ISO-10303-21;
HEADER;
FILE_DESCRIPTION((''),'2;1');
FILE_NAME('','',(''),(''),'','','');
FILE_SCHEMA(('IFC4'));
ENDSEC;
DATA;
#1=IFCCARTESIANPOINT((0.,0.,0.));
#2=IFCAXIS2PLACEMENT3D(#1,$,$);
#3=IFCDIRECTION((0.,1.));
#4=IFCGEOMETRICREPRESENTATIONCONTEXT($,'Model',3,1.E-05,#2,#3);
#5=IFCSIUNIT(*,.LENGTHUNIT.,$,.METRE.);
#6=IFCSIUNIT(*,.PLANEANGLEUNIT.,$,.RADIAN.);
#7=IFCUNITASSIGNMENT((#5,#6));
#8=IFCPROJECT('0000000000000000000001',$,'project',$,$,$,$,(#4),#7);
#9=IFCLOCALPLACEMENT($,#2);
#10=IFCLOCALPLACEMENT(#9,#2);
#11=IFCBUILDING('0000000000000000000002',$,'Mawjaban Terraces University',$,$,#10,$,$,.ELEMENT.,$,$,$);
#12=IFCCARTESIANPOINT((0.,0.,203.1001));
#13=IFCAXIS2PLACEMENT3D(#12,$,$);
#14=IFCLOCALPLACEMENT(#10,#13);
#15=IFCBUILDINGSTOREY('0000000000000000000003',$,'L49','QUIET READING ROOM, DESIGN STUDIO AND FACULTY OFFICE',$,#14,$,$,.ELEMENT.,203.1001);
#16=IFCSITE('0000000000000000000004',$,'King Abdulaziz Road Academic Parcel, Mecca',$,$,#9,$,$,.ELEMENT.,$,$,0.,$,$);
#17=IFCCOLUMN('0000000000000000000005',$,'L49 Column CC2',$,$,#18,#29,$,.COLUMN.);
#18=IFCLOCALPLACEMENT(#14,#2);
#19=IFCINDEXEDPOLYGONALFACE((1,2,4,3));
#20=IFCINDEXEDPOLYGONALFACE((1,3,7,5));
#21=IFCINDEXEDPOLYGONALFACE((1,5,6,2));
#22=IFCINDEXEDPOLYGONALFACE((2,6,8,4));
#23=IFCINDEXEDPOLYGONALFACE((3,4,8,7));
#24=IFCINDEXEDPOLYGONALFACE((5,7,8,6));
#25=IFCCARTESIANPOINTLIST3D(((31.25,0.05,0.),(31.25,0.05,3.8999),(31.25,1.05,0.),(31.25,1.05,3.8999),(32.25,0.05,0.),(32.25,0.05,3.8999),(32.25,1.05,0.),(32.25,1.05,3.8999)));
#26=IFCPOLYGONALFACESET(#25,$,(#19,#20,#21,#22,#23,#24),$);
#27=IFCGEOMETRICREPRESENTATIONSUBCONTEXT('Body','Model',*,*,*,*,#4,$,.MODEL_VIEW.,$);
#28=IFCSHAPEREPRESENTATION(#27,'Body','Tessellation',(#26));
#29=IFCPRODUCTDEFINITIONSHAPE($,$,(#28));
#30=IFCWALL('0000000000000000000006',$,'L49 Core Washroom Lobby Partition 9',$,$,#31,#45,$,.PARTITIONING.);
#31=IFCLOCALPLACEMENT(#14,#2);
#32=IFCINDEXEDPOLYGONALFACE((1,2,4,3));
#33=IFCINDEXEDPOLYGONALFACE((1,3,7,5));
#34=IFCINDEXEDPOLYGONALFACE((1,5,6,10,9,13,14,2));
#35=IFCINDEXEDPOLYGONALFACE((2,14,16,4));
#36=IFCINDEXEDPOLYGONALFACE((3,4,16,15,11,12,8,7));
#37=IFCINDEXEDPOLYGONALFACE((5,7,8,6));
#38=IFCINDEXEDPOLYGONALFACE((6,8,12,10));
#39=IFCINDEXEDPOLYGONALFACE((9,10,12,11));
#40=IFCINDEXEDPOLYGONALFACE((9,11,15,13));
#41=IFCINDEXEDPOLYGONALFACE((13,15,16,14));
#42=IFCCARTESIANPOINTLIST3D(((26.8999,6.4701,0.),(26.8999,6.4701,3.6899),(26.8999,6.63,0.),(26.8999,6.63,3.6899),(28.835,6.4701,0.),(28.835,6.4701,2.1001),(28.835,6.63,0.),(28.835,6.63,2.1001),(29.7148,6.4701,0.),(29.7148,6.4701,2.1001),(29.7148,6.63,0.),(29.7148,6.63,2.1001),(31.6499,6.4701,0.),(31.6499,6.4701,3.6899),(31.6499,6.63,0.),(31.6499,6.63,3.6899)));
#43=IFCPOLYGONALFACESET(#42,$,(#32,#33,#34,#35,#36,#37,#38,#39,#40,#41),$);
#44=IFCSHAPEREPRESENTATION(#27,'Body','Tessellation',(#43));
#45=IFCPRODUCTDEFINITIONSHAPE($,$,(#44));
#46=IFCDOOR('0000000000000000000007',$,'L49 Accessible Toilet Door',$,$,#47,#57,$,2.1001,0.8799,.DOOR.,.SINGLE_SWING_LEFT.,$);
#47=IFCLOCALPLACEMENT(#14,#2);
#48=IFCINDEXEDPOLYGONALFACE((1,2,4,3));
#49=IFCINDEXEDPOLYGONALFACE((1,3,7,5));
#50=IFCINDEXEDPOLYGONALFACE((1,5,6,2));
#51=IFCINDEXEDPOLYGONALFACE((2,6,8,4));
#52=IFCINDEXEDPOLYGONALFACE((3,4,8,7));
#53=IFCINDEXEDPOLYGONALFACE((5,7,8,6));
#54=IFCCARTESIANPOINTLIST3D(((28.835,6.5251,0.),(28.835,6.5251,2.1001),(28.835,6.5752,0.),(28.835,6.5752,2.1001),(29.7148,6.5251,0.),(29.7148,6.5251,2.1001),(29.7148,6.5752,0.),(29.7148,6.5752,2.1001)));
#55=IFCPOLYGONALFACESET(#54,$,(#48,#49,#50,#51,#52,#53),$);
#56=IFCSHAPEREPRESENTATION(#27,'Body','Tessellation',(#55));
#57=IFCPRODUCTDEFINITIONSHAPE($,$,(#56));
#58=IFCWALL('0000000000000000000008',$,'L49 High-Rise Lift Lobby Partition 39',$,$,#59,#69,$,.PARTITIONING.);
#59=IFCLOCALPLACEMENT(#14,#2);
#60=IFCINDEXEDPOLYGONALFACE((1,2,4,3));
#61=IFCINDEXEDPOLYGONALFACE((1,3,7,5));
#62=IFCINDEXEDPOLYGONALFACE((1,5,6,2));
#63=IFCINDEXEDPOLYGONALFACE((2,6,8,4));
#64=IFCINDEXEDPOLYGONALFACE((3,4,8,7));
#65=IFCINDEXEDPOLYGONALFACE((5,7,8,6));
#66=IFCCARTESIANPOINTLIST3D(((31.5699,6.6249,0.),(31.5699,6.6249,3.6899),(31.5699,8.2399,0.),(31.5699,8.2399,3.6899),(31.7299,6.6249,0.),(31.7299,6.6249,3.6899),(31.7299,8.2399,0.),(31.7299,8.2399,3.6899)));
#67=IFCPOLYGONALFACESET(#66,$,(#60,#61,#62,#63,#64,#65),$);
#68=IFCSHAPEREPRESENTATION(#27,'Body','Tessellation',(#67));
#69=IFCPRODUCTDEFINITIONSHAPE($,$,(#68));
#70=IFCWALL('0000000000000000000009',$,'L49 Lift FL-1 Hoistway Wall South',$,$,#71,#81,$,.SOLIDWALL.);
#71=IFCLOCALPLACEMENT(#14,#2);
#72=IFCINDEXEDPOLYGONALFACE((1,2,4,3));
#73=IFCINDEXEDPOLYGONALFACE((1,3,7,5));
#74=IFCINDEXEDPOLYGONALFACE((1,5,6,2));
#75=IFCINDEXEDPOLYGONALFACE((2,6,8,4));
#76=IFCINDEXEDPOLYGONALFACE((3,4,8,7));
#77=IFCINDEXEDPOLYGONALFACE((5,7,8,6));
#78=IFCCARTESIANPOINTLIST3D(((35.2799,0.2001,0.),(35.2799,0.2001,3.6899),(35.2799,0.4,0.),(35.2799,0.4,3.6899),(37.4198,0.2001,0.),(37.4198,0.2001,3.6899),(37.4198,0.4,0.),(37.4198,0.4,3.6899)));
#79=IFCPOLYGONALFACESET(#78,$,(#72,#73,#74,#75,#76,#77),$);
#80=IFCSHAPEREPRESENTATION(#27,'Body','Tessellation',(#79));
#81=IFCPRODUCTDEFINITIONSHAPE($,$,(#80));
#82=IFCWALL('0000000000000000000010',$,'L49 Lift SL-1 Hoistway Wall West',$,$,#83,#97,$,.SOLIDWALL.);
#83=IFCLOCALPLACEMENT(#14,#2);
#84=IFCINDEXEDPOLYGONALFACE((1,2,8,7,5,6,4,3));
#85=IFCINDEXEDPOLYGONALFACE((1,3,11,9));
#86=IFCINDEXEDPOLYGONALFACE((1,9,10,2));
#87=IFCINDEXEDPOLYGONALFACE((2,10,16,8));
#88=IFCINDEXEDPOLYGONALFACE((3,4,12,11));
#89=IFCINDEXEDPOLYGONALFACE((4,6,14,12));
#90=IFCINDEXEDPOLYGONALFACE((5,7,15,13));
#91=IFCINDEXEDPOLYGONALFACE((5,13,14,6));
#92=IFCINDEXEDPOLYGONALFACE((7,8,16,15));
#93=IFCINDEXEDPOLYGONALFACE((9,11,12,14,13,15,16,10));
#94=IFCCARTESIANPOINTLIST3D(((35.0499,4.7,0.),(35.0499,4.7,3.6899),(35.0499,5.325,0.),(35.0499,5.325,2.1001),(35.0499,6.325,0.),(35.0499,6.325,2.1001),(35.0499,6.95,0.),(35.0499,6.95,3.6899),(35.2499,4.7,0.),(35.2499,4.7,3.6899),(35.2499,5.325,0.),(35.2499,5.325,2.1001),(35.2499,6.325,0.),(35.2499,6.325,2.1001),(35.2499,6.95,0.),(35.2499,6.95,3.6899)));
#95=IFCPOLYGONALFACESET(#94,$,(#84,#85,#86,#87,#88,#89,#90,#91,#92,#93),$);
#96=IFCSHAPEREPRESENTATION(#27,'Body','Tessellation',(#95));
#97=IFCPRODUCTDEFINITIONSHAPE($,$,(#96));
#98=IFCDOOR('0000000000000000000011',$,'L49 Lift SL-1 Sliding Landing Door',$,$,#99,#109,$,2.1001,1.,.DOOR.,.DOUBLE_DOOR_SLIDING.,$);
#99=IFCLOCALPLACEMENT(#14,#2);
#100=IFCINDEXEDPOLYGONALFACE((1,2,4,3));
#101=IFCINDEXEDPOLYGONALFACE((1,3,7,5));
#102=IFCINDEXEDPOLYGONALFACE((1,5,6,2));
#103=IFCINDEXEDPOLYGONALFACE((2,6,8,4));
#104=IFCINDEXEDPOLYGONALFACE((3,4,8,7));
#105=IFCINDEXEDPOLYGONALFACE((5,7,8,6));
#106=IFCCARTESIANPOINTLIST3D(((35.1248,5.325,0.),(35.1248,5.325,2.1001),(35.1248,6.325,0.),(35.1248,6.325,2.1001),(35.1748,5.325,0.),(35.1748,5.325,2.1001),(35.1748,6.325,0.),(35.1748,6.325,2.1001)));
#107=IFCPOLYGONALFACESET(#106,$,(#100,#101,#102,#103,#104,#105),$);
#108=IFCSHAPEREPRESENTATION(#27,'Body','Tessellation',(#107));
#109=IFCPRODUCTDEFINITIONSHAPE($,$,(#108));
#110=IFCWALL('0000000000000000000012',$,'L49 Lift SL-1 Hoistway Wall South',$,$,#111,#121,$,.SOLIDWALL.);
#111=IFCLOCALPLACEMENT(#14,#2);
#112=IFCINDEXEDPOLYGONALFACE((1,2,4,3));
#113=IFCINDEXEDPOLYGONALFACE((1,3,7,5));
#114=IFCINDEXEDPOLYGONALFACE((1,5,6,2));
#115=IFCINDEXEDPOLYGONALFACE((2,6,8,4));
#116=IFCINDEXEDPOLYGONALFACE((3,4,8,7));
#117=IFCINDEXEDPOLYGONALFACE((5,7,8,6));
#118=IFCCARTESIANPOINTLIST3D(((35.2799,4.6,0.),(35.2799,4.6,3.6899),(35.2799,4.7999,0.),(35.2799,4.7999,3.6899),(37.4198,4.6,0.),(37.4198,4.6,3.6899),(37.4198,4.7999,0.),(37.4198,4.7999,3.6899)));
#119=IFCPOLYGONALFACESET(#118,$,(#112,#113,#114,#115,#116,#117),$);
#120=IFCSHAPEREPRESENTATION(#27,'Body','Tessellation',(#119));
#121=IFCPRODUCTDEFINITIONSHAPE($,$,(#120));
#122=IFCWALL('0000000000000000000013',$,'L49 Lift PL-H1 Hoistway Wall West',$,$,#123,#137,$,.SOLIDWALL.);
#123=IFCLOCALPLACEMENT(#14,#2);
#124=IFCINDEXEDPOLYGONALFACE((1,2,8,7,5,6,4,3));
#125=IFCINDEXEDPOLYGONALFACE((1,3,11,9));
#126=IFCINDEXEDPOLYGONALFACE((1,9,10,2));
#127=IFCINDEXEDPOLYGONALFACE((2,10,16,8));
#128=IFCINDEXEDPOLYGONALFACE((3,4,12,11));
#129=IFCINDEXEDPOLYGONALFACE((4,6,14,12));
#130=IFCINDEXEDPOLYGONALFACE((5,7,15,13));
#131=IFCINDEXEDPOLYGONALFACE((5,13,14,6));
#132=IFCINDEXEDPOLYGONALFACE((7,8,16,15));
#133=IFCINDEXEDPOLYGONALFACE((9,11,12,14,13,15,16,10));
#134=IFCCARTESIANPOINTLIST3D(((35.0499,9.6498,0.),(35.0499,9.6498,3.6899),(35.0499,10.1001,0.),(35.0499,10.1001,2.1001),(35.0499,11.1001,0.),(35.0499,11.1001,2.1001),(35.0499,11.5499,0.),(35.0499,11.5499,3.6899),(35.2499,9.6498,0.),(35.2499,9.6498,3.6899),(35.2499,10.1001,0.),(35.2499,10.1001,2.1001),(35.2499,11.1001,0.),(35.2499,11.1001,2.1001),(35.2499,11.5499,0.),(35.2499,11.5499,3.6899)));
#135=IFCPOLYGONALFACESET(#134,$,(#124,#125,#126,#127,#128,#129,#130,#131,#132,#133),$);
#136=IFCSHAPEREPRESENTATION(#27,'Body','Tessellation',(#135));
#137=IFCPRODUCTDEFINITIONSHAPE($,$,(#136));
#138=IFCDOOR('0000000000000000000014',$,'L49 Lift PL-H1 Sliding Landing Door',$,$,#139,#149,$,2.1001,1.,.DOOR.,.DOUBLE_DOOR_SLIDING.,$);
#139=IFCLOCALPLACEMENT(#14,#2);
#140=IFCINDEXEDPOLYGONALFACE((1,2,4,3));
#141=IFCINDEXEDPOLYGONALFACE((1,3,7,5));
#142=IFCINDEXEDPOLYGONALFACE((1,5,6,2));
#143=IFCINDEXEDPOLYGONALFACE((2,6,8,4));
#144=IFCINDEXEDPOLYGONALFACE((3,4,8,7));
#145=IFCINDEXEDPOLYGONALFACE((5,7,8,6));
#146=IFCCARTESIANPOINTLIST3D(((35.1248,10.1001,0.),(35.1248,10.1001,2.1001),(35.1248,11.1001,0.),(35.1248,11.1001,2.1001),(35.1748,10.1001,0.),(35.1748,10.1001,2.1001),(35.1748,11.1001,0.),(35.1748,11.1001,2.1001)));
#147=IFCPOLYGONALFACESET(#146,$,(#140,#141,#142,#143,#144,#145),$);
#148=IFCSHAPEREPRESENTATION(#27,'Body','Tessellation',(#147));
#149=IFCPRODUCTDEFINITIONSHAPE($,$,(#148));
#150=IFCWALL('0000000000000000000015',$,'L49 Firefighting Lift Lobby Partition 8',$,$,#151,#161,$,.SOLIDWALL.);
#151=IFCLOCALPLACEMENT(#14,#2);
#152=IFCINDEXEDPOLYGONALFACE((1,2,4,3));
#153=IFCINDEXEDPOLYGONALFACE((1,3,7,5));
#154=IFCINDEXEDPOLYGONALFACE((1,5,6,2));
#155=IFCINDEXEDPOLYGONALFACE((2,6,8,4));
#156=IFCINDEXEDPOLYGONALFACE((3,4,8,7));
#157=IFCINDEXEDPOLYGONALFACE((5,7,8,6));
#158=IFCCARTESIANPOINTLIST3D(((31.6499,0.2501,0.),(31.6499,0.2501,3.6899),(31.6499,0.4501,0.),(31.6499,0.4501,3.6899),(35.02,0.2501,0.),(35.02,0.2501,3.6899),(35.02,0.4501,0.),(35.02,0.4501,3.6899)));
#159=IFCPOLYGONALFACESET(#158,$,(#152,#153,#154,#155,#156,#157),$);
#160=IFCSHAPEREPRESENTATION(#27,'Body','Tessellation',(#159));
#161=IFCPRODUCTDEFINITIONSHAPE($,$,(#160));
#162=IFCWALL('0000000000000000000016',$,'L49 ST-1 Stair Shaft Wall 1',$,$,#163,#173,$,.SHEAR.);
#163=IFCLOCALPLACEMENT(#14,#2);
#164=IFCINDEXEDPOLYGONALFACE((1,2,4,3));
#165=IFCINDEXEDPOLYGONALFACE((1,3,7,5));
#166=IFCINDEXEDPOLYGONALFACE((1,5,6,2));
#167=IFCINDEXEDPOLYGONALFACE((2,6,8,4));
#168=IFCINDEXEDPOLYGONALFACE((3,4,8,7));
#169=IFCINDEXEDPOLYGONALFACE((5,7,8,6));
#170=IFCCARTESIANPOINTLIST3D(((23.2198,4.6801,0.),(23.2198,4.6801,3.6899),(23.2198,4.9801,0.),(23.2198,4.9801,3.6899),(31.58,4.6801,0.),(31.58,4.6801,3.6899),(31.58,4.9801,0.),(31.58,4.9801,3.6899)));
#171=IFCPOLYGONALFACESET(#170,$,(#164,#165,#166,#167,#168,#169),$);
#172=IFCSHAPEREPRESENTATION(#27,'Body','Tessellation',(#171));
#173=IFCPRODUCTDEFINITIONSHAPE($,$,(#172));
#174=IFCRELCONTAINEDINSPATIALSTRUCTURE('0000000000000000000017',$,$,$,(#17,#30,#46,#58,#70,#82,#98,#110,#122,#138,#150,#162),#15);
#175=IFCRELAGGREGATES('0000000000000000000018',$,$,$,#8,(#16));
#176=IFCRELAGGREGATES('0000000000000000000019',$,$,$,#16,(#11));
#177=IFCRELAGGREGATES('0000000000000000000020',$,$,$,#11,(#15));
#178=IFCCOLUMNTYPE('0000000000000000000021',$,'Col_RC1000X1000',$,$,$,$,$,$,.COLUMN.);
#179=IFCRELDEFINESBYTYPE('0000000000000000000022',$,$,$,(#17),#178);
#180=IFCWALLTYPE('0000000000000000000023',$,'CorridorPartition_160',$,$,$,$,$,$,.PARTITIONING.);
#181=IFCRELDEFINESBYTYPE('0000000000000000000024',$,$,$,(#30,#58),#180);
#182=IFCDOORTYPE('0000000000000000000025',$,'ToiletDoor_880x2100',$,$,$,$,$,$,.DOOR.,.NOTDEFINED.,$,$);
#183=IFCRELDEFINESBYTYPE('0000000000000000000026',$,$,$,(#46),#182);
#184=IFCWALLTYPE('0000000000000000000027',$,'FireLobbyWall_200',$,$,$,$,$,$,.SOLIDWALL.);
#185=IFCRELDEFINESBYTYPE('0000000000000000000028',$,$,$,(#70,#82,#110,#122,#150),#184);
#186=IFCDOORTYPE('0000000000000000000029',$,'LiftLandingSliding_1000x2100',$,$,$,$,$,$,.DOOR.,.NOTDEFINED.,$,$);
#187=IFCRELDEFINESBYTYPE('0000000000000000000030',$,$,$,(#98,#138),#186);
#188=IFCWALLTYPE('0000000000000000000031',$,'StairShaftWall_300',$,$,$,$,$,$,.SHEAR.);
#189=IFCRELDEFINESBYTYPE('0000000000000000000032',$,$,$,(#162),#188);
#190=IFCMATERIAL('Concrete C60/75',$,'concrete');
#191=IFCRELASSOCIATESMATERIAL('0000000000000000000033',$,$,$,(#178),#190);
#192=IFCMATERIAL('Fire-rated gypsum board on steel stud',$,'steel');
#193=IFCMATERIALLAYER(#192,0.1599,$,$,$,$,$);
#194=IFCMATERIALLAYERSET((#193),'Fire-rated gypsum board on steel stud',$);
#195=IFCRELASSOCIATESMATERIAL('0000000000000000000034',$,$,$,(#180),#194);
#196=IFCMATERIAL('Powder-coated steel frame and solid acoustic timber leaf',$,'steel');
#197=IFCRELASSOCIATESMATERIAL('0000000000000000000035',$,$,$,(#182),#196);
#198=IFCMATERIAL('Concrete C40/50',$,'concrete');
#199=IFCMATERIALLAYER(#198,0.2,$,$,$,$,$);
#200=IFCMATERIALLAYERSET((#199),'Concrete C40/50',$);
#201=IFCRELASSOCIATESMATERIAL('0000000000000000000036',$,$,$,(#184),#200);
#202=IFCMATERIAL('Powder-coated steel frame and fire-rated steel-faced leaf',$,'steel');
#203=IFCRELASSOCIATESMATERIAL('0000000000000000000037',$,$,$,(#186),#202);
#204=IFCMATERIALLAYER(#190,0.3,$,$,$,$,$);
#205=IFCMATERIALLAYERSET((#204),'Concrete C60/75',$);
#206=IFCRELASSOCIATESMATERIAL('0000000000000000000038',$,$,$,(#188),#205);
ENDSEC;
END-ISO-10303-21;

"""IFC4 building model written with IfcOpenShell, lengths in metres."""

from ifc_helpers import new_model, si_unit, direction, frame, frame_2d, origin, origin_2d, place, context, subcontext, project, spatial, rectangle, extrude, material, layer, layer_set, material_profile, profile_set, type_object, element, fill, save


model = new_model("IFC4")

# Units and contexts
model_context = context("Model", 3, precision=1e-05, world=origin(), true_north=direction((0.0, 1.0)))
body_context = subcontext(model_context, "Body", "Model", "MODEL_VIEW")
ifc_project = project(units=[si_unit("LENGTHUNIT", "METRE"), si_unit("PLANEANGLEUNIT", "RADIAN")], contexts=[model_context])

# Site, building, storey
site_placement = place(None, origin())
site = spatial("IfcSite", under=ifc_project, at=site_placement, Name="King Abdulaziz Road Academic Parcel, Mecca", CompositionType="ELEMENT", RefElevation=0.0)
building_placement = place(site_placement, origin())
building = spatial("IfcBuilding", under=site, at=building_placement, Name="Mawjaban Terraces University", CompositionType="ELEMENT")
storey_placement = place(building_placement, frame((0.0, 0.0, 203.1001)))
storey = spatial("IfcBuildingStorey", under=building, at=storey_placement, Name="L49", Description="QUIET READING ROOM, DESIGN STUDIO AND FACULTY OFFICE", CompositionType="ELEMENT", Elevation=203.1001)

# Column
ifc_material_1 = material(Name="Concrete C60/75", Category="concrete")
ifc_material_profile = material_profile(ifc_material_1, rectangle(XDim=1.0, YDim=1.0, at=origin_2d()), Name="RC1000X1000")
ifc_profile_set = profile_set([ifc_material_profile], Name="Concrete C60/75")
column_type = type_object("IfcColumnType", Name="Col_RC1000X1000", PredefinedType="COLUMN", material=ifc_profile_set)
column_placement = place(storey_placement, frame((31.75, 0.55, 0.0), z_axis=(0.0, 0.0, 1.0), x_axis=(1.0, 0.0, 0.0)))
element("IfcColumn", 1, at=column_placement, inside=storey, type_object=column_type, Name="L49 Column CC2", PredefinedType="COLUMN", context=body_context, shape_type="SweptSolid", body=[
    extrude(rectangle(XDim=1.0, YDim=1.0, at=origin_2d()), origin(), (0.0, 0.0, 1.0), 3.8999),
])

# Wall, opening, door
ifc_material_2 = material(Name="Fire-rated gypsum board on steel stud", Category="steel")
ifc_layer_1 = layer(ifc_material_2, 0.1599)
ifc_layer_set_1 = layer_set([ifc_layer_1], Name="Fire-rated gypsum board on steel stud")
wall_type_1 = type_object("IfcWallType", Name="CorridorPartition_160", PredefinedType="PARTITIONING", material=ifc_layer_set_1)
wall_1_placement = place(storey_placement, frame((31.6499, 6.55, 0.0), z_axis=(0.0, 0.0, 1.0), x_axis=(-1.0, 0.0, 0.0)))
wall_1 = element("IfcWall", 2, at=wall_1_placement, inside=storey, type_object=wall_type_1, Name="L49 Core Washroom Lobby Partition 9", PredefinedType="PARTITIONING", context=body_context, shape_type="SweptSolid", body=[
    extrude(rectangle(XDim=4.75, YDim=0.1599, at=frame_2d((2.375, 0.0))), origin(), (0.0, 0.0, 1.0), 3.6899),
])
opening_1_placement = place(wall_1_placement, frame((1.9351, 0.0, 0.0)))
opening_1 = element("IfcOpeningElement", 3, at=opening_1_placement, cuts=wall_1, PredefinedType="OPENING", context=body_context, shape_type="SweptSolid", body=[
    extrude(rectangle(XDim=0.8799, YDim=2.1001, at=frame_2d((0.4399, 1.05))), frame((0.0, 0.0898, 0.0), z_axis=(0.0, -1.0, 0.0), x_axis=(1.0, 0.0, 0.0)), (0.0, 0.0, 1.0), 0.1799),
])
ifc_material_3 = material(Name="Powder-coated steel frame and solid acoustic timber leaf", Category="steel")
door_type_1 = type_object("IfcDoorType", Name="ToiletDoor_880x2100", OperationType="NOTDEFINED", PredefinedType="DOOR", material=ifc_material_3)
door_1_placement = place(opening_1_placement, origin())
door_1 = element("IfcDoor", 4, at=door_1_placement, inside=storey, type_object=door_type_1, Name="L49 Accessible Toilet Door", OperationType="SINGLE_SWING_LEFT", OverallHeight=2.1001, OverallWidth=0.8799, PredefinedType="DOOR", context=body_context, shape_type="SweptSolid", body=[
    extrude(rectangle(XDim=0.8799, YDim=2.1001, at=frame_2d((0.4399, 1.05))), frame((0.0, 0.0249, 0.0), z_axis=(0.0, -1.0, 0.0), x_axis=(1.0, 0.0, 0.0)), (0.0, 0.0, 1.0), 0.05),
])
fill(opening_1, door_1)

# Wall
wall_2_placement = place(storey_placement, frame((31.6499, 8.24, 0.0), z_axis=(0.0, 0.0, 1.0), x_axis=(0.0, -1.0, 0.0)))
element("IfcWall", 5, at=wall_2_placement, inside=storey, type_object=wall_type_1, Name="L49 High-Rise Lift Lobby Partition 39", PredefinedType="PARTITIONING", context=body_context, shape_type="SweptSolid", body=[
    extrude(rectangle(XDim=1.615, YDim=0.1599, at=frame_2d((0.8076, 0.0))), origin(), (0.0, 0.0, 1.0), 3.6899),
])

# Shared definitions
ifc_material_4 = material(Name="Concrete C40/50", Category="concrete")
ifc_layer_2 = layer(ifc_material_4, 0.2)
ifc_layer_set_2 = layer_set([ifc_layer_2], Name="Concrete C40/50")
wall_type_2 = type_object("IfcWallType", Name="FireLobbyWall_200", PredefinedType="SOLIDWALL", material=ifc_layer_set_2)
ifc_material_5 = material(Name="Powder-coated steel frame and fire-rated steel-faced leaf", Category="steel")

# Wall
wall_3_placement = place(storey_placement, frame((35.28, 0.3, 0.0), z_axis=(0.0, 0.0, 1.0), x_axis=(1.0, 0.0, 0.0)))
element("IfcWall", 6, at=wall_3_placement, inside=storey, type_object=wall_type_2, Name="L49 Lift FL-1 Hoistway Wall South", PredefinedType="SOLIDWALL", context=body_context, shape_type="SweptSolid", body=[
    extrude(rectangle(XDim=2.1399, YDim=0.2, at=frame_2d((1.0698, 0.0))), origin(), (0.0, 0.0, 1.0), 3.6899),
])

# Wall, opening, door
wall_4_placement = place(storey_placement, frame((35.1499, 6.95, 0.0), z_axis=(0.0, 0.0, 1.0), x_axis=(0.0, -1.0, 0.0)))
wall_4 = element("IfcWall", 7, at=wall_4_placement, inside=storey, type_object=wall_type_2, Name="L49 Lift SL-1 Hoistway Wall West", PredefinedType="SOLIDWALL", context=body_context, shape_type="SweptSolid", body=[
    extrude(rectangle(XDim=2.25, YDim=0.2, at=frame_2d((1.125, 0.0))), origin(), (0.0, 0.0, 1.0), 3.6899),
])
opening_2_placement = place(wall_4_placement, frame((0.625, 0.0, 0.0)))
opening_2 = element("IfcOpeningElement", 8, at=opening_2_placement, cuts=wall_4, PredefinedType="OPENING", context=body_context, shape_type="SweptSolid", body=[
    extrude(rectangle(XDim=1.0, YDim=2.1001, at=frame_2d((0.5, 1.05))), frame((0.0, 0.1099, 0.0), z_axis=(0.0, -1.0, 0.0), x_axis=(1.0, 0.0, 0.0)), (0.0, 0.0, 1.0), 0.22),
])
door_type_2 = type_object("IfcDoorType", Name="LiftLandingSliding_1000x2100", OperationType="NOTDEFINED", PredefinedType="DOOR", material=ifc_material_5)
door_2_placement = place(opening_2_placement, origin())
door_2 = element("IfcDoor", 9, at=door_2_placement, inside=storey, type_object=door_type_2, Name="L49 Lift SL-1 Sliding Landing Door", OperationType="DOUBLE_DOOR_SLIDING", OverallHeight=2.1001, OverallWidth=1.0, PredefinedType="DOOR", context=body_context, shape_type="SweptSolid", body=[
    extrude(rectangle(XDim=1.0, YDim=2.1001, at=frame_2d((0.5, 1.05))), frame((0.0, 0.0249, 0.0), z_axis=(0.0, -1.0, 0.0), x_axis=(1.0, 0.0, 0.0)), (0.0, 0.0, 1.0), 0.05),
])
fill(opening_2, door_2)

# Wall
wall_5_placement = place(storey_placement, frame((35.28, 4.7, 0.0), z_axis=(0.0, 0.0, 1.0), x_axis=(1.0, 0.0, 0.0)))
element("IfcWall", 10, at=wall_5_placement, inside=storey, type_object=wall_type_2, Name="L49 Lift SL-1 Hoistway Wall South", PredefinedType="SOLIDWALL", context=body_context, shape_type="SweptSolid", body=[
    extrude(rectangle(XDim=2.1399, YDim=0.2, at=frame_2d((1.0698, 0.0))), origin(), (0.0, 0.0, 1.0), 3.6899),
])

# Wall, opening, door
wall_6_placement = place(storey_placement, frame((35.1499, 11.55, 0.0), z_axis=(0.0, 0.0, 1.0), x_axis=(0.0, -1.0, 0.0)))
wall_6 = element("IfcWall", 11, at=wall_6_placement, inside=storey, type_object=wall_type_2, Name="L49 Lift PL-H1 Hoistway Wall West", PredefinedType="SOLIDWALL", context=body_context, shape_type="SweptSolid", body=[
    extrude(rectangle(XDim=1.9001, YDim=0.2, at=frame_2d((0.9502, 0.0))), origin(), (0.0, 0.0, 1.0), 3.6899),
])
opening_3_placement = place(wall_6_placement, frame((0.45, 0.0, 0.0)))
opening_3 = element("IfcOpeningElement", 12, at=opening_3_placement, cuts=wall_6, PredefinedType="OPENING", context=body_context, shape_type="SweptSolid", body=[
    extrude(rectangle(XDim=1.0, YDim=2.1001, at=frame_2d((0.5, 1.05))), frame((0.0, 0.1099, 0.0), z_axis=(0.0, -1.0, 0.0), x_axis=(1.0, 0.0, 0.0)), (0.0, 0.0, 1.0), 0.22),
])
door_3_placement = place(opening_3_placement, origin())
door_3 = element("IfcDoor", 13, at=door_3_placement, inside=storey, type_object=door_type_2, Name="L49 Lift PL-H1 Sliding Landing Door", OperationType="DOUBLE_DOOR_SLIDING", OverallHeight=2.1001, OverallWidth=1.0, PredefinedType="DOOR", context=body_context, shape_type="SweptSolid", body=[
    extrude(rectangle(XDim=1.0, YDim=2.1001, at=frame_2d((0.5, 1.05))), frame((0.0, 0.0249, 0.0), z_axis=(0.0, -1.0, 0.0), x_axis=(1.0, 0.0, 0.0)), (0.0, 0.0, 1.0), 0.05),
])
fill(opening_3, door_3)

# Wall
wall_7_placement = place(storey_placement, frame((31.6499, 0.3501, 0.0), z_axis=(0.0, 0.0, 1.0), x_axis=(1.0, 0.0, 0.0)))
element("IfcWall", 14, at=wall_7_placement, inside=storey, type_object=wall_type_2, Name="L49 Firefighting Lift Lobby Partition 8", PredefinedType="SOLIDWALL", context=body_context, shape_type="SweptSolid", body=[
    extrude(rectangle(XDim=3.3701, YDim=0.2, at=frame_2d((1.6851, 0.0))), origin(), (0.0, 0.0, 1.0), 3.6899),
])

# Wall
ifc_layer_3 = layer(ifc_material_1, 0.3)
ifc_layer_set_3 = layer_set([ifc_layer_3], Name="Concrete C60/75")
wall_type_3 = type_object("IfcWallType", Name="StairShaftWall_300", PredefinedType="SHEAR", material=ifc_layer_set_3)
wall_8_placement = place(storey_placement, frame((31.5801, 4.8301, 0.0), z_axis=(0.0, 0.0, 1.0), x_axis=(-1.0, 0.0, 0.0)))
element("IfcWall", 15, at=wall_8_placement, inside=storey, type_object=wall_type_3, Name="L49 ST-1 Stair Shaft Wall 1", PredefinedType="SHEAR", context=body_context, shape_type="SweptSolid", body=[
    extrude(rectangle(XDim=8.3601, YDim=0.3, at=frame_2d((4.1802, 0.0))), origin(), (0.0, 0.0, 1.0), 3.6899),
])

save(model, "model.ifc")
